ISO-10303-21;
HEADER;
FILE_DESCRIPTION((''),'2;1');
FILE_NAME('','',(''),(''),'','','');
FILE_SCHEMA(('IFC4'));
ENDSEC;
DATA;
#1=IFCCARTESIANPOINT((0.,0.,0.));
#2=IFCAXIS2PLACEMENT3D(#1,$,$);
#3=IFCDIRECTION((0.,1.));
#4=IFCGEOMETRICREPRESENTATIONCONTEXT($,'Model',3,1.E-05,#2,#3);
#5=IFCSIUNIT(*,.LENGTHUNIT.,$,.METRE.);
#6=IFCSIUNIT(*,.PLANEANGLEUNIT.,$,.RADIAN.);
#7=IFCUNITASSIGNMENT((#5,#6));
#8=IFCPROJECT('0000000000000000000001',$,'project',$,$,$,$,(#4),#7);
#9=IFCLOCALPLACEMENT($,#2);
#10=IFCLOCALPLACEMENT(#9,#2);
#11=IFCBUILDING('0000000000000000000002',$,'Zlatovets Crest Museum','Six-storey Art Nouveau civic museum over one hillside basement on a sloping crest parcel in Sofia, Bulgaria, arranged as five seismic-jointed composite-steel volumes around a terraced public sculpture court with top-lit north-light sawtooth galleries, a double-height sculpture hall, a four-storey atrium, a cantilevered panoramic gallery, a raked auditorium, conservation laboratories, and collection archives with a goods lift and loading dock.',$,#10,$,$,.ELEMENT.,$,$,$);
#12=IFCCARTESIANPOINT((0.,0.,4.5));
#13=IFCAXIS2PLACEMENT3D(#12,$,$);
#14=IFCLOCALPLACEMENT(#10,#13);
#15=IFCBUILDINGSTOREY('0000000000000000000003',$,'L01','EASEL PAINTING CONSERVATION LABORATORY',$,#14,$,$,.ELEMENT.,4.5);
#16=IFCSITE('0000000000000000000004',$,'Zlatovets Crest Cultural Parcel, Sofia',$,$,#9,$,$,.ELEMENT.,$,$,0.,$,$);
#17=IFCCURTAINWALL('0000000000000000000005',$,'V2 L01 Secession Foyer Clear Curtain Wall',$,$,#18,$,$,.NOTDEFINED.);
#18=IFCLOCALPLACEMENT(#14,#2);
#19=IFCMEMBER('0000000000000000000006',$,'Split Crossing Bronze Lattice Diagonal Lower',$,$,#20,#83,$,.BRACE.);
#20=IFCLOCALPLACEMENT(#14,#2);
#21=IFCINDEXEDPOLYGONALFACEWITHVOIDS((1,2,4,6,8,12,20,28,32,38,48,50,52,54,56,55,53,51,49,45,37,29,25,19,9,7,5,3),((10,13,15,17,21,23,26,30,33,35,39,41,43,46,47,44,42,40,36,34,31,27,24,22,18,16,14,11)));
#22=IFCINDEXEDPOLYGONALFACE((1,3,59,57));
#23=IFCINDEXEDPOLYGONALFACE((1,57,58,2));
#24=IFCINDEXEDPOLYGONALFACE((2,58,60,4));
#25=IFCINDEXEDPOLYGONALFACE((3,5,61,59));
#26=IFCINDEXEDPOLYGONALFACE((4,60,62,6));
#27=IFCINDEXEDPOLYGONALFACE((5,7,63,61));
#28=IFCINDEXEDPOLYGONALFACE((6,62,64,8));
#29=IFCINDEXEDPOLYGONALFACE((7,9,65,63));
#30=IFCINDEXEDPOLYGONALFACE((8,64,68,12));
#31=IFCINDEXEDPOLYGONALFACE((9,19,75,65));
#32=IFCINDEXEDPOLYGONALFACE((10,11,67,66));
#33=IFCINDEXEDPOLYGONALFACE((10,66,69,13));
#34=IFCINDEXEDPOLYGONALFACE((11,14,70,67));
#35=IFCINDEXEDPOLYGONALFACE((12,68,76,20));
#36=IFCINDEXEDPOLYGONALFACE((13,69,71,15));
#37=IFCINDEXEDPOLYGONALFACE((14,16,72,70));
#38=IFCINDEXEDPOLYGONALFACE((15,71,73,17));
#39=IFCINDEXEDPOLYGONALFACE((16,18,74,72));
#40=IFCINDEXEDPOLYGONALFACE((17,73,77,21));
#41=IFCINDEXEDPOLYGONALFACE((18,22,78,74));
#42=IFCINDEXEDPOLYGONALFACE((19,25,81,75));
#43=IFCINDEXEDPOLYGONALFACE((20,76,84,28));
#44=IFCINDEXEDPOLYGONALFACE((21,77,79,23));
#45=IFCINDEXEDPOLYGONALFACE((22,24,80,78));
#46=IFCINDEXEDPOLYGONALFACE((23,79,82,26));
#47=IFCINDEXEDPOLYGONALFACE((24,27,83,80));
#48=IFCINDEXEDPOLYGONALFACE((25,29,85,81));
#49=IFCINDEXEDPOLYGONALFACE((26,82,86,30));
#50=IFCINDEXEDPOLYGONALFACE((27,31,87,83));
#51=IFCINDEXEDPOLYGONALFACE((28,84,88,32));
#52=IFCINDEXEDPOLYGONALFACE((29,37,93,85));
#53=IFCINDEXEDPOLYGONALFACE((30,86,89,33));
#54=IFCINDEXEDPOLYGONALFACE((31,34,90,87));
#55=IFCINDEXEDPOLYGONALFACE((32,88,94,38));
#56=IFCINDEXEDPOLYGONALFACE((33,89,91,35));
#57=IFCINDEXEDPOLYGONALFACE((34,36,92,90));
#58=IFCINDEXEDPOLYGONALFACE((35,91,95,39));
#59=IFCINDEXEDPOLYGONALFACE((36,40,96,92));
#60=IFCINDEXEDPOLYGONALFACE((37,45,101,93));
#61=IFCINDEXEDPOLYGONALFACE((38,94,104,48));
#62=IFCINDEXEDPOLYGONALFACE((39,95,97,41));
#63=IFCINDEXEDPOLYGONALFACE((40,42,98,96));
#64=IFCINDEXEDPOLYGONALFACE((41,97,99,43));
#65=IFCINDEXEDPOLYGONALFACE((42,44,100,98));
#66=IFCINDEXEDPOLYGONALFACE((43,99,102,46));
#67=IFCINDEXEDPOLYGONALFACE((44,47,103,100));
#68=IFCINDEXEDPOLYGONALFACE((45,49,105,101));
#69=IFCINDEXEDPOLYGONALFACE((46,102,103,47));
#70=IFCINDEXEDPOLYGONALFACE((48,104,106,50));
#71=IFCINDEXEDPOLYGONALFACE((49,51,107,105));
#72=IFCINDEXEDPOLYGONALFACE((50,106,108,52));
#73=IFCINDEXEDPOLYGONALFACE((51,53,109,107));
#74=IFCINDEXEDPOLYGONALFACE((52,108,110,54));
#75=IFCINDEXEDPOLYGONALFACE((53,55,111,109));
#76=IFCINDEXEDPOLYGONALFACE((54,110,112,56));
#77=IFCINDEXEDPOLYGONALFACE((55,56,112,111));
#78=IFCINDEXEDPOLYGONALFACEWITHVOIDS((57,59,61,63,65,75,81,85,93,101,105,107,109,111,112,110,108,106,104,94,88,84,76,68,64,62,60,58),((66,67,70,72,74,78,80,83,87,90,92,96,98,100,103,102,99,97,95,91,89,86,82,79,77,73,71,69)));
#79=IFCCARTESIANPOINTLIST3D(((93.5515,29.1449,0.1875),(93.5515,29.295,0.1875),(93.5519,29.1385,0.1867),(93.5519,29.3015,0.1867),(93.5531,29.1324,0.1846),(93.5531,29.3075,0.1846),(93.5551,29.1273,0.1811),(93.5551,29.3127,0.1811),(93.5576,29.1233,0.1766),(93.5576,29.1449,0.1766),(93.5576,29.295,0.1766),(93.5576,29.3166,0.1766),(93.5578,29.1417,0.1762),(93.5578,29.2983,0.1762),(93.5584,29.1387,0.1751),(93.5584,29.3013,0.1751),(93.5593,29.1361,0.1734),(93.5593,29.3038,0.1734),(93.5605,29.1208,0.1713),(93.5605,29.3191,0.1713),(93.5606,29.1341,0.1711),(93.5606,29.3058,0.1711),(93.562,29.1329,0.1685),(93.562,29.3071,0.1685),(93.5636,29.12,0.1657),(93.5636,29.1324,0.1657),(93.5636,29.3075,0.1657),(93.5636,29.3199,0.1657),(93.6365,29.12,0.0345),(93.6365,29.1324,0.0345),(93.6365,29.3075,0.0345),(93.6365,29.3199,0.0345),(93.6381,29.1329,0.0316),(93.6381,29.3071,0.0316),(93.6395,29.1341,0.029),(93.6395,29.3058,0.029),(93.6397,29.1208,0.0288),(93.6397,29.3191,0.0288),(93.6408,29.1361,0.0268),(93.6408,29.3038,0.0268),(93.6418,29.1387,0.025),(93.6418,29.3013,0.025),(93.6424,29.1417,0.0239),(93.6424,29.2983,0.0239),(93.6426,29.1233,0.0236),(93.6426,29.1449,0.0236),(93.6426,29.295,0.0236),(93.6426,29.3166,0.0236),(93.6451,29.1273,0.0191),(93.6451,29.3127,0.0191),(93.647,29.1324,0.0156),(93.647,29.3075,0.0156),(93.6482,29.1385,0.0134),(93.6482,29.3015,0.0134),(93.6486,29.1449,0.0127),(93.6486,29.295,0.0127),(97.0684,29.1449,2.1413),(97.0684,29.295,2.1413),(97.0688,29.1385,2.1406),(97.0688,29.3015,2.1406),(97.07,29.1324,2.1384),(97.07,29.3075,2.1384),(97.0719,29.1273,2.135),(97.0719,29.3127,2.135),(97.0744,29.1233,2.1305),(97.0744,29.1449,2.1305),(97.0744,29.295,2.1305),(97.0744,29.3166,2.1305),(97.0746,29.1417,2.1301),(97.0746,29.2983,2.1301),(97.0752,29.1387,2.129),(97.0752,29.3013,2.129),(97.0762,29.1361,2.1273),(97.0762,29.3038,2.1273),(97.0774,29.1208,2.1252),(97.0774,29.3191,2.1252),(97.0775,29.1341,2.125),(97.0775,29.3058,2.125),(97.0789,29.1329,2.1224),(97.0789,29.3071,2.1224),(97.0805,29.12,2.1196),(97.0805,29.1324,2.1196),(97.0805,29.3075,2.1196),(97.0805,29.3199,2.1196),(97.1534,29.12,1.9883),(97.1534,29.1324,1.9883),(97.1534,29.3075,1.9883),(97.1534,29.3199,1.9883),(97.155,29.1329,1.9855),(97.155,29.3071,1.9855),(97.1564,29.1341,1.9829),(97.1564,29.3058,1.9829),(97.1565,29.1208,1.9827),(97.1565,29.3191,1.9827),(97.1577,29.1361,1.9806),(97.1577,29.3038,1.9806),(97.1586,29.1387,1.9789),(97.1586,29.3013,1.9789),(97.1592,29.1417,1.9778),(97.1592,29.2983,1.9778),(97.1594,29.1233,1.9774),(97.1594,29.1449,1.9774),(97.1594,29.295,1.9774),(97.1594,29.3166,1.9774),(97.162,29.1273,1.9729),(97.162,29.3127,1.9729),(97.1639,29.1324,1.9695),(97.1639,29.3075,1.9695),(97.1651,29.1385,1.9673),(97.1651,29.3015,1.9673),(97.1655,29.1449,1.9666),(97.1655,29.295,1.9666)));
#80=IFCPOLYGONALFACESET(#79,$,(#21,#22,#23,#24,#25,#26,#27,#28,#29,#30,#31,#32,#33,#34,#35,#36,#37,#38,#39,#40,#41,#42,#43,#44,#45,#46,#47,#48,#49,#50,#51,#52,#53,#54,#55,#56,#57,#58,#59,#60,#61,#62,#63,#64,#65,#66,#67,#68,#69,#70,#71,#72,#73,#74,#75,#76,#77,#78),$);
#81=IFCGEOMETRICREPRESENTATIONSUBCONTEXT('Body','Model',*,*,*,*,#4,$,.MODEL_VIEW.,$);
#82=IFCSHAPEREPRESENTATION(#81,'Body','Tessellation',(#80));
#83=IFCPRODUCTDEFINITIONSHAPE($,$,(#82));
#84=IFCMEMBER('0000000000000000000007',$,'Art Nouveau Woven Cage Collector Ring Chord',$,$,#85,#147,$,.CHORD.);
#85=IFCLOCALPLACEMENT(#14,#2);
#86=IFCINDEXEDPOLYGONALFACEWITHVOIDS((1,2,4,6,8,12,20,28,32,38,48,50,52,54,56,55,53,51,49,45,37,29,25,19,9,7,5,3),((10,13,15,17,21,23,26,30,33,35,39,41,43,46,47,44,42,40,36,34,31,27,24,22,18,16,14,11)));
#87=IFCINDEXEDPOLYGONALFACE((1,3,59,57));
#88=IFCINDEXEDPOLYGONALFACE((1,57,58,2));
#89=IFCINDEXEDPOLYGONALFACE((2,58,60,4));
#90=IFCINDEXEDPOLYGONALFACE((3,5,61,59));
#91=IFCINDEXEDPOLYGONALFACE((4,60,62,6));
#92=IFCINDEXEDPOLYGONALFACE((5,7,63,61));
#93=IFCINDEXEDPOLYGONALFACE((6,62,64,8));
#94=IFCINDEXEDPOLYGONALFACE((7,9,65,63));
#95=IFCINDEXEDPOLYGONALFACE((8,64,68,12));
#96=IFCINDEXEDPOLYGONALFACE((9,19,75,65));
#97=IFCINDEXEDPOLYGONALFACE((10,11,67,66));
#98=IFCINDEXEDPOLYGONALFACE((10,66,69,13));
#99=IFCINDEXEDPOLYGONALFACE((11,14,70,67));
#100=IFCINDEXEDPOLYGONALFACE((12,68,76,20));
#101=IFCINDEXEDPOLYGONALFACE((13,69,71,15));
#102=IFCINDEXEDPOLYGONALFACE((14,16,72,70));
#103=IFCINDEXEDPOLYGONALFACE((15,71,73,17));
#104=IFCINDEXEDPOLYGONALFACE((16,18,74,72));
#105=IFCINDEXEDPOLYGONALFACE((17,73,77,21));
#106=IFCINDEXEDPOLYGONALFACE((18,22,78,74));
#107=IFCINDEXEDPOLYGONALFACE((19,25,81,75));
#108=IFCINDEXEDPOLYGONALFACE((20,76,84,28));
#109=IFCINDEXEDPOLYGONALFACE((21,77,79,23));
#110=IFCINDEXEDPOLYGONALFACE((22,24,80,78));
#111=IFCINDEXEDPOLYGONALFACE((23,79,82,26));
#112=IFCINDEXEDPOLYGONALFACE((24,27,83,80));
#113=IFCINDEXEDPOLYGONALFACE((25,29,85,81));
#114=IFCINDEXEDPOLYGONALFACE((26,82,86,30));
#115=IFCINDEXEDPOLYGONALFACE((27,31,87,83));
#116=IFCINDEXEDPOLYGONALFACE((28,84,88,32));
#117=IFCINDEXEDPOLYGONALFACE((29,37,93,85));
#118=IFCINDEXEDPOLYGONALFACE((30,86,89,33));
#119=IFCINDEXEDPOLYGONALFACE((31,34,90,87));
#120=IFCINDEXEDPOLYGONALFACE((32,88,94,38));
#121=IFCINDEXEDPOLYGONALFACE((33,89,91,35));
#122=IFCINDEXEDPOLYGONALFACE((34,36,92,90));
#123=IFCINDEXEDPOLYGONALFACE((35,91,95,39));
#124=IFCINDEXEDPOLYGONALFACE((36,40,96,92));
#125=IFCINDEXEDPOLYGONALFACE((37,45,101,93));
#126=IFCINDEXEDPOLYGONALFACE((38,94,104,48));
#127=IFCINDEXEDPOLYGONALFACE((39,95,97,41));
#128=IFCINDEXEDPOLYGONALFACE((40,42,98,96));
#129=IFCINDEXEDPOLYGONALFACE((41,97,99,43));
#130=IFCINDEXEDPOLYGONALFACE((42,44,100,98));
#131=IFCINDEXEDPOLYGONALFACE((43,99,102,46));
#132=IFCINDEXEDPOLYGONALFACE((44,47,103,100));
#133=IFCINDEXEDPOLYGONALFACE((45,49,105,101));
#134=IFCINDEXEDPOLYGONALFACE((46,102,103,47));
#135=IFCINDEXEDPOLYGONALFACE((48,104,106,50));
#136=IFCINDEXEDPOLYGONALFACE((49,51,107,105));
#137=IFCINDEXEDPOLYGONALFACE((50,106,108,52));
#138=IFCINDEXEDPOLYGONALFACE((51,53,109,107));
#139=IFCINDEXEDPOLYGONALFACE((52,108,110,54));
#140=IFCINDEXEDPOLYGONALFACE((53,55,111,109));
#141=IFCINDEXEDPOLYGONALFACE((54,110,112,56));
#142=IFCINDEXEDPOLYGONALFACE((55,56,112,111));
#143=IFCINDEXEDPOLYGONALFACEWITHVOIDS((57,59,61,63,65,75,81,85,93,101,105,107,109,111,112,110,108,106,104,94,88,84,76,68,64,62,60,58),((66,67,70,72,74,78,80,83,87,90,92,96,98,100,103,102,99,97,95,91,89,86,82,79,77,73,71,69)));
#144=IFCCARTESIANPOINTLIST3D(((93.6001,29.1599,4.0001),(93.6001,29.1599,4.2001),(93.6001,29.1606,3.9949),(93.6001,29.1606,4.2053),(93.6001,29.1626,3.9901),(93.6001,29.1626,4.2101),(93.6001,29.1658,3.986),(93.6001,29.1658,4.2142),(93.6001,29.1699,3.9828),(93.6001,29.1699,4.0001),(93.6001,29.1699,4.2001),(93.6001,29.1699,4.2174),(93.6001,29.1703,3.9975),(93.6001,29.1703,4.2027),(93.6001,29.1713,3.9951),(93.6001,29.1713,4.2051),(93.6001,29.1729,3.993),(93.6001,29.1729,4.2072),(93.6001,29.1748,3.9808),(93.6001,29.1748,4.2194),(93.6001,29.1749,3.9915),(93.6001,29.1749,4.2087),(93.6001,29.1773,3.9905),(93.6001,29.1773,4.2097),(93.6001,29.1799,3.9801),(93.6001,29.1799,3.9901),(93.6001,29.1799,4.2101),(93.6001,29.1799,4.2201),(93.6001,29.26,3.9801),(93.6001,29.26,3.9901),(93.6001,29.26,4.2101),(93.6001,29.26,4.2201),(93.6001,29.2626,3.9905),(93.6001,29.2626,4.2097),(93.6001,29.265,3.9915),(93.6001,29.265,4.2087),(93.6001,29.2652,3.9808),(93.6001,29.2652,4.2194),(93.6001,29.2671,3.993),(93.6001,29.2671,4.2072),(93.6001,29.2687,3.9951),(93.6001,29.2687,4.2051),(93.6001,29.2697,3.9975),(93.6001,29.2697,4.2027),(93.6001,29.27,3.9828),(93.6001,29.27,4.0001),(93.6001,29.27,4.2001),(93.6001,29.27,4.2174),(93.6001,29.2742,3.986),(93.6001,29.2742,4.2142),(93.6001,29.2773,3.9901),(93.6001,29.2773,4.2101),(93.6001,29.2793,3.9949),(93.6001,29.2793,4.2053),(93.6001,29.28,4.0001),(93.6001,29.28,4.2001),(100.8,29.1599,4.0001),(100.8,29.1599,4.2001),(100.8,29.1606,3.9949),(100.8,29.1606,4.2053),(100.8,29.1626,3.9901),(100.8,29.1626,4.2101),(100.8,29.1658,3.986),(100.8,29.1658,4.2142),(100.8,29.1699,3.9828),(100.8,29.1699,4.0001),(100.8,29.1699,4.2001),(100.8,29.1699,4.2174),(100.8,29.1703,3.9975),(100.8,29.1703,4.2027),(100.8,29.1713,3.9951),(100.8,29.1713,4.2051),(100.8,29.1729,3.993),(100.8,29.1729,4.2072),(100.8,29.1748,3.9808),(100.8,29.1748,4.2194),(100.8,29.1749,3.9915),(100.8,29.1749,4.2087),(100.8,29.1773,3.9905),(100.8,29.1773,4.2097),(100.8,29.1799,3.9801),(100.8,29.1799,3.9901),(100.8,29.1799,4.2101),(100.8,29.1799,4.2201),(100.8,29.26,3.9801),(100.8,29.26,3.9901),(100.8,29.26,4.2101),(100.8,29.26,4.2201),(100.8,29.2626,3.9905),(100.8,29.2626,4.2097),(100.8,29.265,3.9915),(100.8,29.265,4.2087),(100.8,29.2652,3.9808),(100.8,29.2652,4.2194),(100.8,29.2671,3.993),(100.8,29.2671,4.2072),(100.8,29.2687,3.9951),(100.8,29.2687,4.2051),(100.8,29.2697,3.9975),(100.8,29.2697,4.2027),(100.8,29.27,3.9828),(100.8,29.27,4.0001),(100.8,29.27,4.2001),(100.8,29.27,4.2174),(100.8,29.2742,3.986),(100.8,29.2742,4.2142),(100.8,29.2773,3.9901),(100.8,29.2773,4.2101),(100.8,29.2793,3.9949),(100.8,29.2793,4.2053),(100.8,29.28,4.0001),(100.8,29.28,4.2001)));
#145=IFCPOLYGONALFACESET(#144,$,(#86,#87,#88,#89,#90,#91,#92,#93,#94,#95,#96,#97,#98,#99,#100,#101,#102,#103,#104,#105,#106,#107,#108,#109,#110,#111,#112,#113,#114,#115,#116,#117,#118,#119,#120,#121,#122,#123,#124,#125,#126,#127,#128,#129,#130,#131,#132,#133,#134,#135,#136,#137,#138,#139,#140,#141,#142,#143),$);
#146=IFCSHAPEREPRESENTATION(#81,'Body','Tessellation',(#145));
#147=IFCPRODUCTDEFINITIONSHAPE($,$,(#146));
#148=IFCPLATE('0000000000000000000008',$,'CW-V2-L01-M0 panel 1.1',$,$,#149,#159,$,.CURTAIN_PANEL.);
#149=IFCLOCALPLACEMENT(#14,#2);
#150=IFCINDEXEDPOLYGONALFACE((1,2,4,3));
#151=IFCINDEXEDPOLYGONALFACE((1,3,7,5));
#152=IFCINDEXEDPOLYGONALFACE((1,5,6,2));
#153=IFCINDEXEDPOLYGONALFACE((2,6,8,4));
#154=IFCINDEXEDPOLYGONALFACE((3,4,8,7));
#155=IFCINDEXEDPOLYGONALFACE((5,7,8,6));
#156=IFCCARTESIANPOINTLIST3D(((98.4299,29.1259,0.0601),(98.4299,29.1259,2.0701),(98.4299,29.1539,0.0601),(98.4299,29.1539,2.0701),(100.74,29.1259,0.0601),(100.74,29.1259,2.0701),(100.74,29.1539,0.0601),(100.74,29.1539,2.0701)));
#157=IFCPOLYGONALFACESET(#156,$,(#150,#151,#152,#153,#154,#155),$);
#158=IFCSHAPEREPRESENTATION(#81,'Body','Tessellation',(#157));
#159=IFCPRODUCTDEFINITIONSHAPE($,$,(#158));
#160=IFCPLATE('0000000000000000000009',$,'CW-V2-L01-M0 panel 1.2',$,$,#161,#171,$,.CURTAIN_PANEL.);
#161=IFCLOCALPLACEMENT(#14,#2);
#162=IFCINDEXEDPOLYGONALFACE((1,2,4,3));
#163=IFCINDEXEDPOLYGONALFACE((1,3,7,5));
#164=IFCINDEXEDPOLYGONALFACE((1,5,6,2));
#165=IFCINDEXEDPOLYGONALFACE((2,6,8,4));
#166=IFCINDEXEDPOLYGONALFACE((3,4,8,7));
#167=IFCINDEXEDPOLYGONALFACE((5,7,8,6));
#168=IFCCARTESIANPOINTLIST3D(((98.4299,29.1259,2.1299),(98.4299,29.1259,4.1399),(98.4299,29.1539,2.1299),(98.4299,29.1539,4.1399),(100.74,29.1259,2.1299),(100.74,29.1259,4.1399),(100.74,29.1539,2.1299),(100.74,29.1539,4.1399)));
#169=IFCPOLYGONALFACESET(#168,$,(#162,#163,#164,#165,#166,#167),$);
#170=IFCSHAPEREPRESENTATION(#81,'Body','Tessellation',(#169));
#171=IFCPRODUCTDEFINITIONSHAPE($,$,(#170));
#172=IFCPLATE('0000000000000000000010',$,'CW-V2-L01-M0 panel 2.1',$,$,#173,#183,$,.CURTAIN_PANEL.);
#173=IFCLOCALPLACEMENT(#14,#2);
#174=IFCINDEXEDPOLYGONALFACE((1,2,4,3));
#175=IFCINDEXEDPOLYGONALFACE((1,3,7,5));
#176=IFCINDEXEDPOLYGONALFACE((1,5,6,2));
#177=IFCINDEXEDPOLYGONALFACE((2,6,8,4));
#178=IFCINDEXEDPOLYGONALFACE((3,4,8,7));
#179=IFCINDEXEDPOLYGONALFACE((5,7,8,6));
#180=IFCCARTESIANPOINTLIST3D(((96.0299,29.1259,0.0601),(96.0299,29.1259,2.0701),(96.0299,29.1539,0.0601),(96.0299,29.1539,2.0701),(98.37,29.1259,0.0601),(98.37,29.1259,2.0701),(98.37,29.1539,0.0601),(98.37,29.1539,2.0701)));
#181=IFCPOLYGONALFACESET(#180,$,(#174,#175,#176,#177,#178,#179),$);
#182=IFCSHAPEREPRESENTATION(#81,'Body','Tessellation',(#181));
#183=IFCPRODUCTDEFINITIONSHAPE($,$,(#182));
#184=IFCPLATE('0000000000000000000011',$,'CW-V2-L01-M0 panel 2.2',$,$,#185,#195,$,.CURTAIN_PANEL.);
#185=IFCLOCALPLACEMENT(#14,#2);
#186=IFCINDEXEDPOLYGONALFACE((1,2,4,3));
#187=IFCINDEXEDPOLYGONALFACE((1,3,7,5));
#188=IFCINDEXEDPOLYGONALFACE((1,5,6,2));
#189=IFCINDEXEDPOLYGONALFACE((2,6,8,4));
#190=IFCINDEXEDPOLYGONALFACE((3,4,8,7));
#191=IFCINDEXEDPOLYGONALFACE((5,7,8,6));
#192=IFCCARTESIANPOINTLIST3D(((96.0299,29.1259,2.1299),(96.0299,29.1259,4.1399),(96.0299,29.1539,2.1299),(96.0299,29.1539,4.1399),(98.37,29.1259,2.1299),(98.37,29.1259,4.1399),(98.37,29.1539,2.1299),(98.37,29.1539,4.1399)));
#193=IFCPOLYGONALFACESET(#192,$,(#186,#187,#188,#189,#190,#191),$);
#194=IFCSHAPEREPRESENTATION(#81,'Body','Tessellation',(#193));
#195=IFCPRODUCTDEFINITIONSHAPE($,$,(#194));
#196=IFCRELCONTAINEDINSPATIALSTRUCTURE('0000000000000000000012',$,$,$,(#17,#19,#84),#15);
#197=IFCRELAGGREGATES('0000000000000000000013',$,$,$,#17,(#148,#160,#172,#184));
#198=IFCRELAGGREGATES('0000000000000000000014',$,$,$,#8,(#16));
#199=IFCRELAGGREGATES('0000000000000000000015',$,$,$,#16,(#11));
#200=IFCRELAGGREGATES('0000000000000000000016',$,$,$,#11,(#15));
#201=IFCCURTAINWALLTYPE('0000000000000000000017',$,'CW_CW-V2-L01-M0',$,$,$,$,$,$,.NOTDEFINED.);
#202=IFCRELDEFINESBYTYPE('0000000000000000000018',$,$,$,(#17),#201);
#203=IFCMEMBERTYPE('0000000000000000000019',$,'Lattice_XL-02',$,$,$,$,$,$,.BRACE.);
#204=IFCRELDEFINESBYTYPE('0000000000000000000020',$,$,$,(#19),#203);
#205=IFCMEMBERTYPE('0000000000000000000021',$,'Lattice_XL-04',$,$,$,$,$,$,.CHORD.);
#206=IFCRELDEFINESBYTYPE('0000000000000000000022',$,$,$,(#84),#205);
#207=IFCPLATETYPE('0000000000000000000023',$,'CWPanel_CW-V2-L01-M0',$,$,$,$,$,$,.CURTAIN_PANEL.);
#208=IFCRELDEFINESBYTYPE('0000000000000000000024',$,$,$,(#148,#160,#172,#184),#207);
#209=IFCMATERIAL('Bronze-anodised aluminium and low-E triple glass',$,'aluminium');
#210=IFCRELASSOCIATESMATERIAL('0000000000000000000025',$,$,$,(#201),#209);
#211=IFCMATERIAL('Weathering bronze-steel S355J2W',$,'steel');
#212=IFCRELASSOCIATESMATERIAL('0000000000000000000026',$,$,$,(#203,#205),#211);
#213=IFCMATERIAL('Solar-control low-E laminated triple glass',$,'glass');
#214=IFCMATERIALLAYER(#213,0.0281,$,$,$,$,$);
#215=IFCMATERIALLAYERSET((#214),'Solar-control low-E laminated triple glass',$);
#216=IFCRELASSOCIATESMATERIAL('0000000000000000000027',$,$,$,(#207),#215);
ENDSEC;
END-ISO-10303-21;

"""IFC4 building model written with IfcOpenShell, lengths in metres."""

from ifc_helpers import new_model, si_unit, direction, frame, origin, origin_2d, place, context, subcontext, project, spatial, rectangle, hollow_rectangle, extrude, material, layer, layer_set, material_profile, profile_set, type_object, element, aggregate, save


model = new_model("IFC4")

# Units and contexts
model_context = context("Model", 3, precision=1e-05, world=origin(), true_north=direction((0.0, 1.0)))
body_context = subcontext(model_context, "Body", "Model", "MODEL_VIEW")
ifc_project = project(units=[si_unit("LENGTHUNIT", "METRE"), si_unit("PLANEANGLEUNIT", "RADIAN")], contexts=[model_context])

# Site, building, storey
site_placement = place(None, origin())
site = spatial("IfcSite", under=ifc_project, at=site_placement, Name="Zlatovets Crest Cultural Parcel, Sofia", CompositionType="ELEMENT", RefElevation=0.0)
building_placement = place(site_placement, origin())
building = spatial("IfcBuilding", under=site, at=building_placement, Name="Zlatovets Crest Museum", Description="Six-storey Art Nouveau civic museum over one hillside basement on a sloping crest parcel in Sofia, Bulgaria, arranged as five seismic-jointed composite-steel volumes around a terraced public sculpture court with top-lit north-light sawtooth galleries, a double-height sculpture hall, a four-storey atrium, a cantilevered panoramic gallery, a raked auditorium, conservation laboratories, and collection archives with a goods lift and loading dock.", CompositionType="ELEMENT")
storey_placement = place(building_placement, frame((0.0, 0.0, 4.5)))
storey = spatial("IfcBuildingStorey", under=building, at=storey_placement, Name="L01", Description="EASEL PAINTING CONSERVATION LABORATORY", CompositionType="ELEMENT", Elevation=4.5)

# Curtain wall
ifc_material_1 = material(Name="Bronze-anodised aluminium and low-E triple glass", Category="aluminium")
curtain_wall_type_1 = type_object("IfcCurtainWallType", Name="CW_CW-V2-L01-M0", PredefinedType="NOTDEFINED", material=ifc_material_1)
curtain_wall_1_placement = place(storey_placement, origin())
curtain_wall_1 = element("IfcCurtainWall", 1, at=curtain_wall_1_placement, inside=storey, type_object=curtain_wall_type_1, Name="V2 L01 Secession Foyer Clear Curtain Wall", PredefinedType="NOTDEFINED")

# Members
ifc_material_2 = material(Name="Weathering bronze-steel S355J2W", Category="steel")
ifc_material_profile_1 = material_profile(ifc_material_2, hollow_rectangle(XDim=0.2, YDim=0.2, WallThickness=0.0125, InnerFilletRadius=0.0125, OuterFilletRadius=0.0249, at=origin_2d()), Name="SHS 200x200x12.5")
ifc_profile_set_1 = profile_set([ifc_material_profile_1], Name="Weathering bronze-steel S355J2W")
member_type_1 = type_object("IfcMemberType", Name="Lattice_XL-02", PredefinedType="BRACE", material=ifc_profile_set_1)
member_1_placement = place(storey_placement, frame((97.1169, 29.22, 2.054), z_axis=(-0.874152, 0.0, -0.485653), x_axis=(0.0, -1.0, 0.0)))
element("IfcMember", 2, at=member_1_placement, inside=storey, type_object=member_type_1, Name="Split Crossing Bronze Lattice Diagonal Lower", PredefinedType="BRACE", context=body_context, shape_type="SweptSolid", body=[
    extrude(hollow_rectangle(XDim=0.2, YDim=0.2, WallThickness=0.0125, InnerFilletRadius=0.0125, OuterFilletRadius=0.0249, at=origin_2d()), origin(), (0.0, 0.0, 1.0), 4.0232),
])
ifc_material_profile_2 = material_profile(ifc_material_2, hollow_rectangle(XDim=0.1201, YDim=0.24, WallThickness=0.01, InnerFilletRadius=0.01, OuterFilletRadius=0.02, at=origin_2d()), Name="RHS 120x240x10.0")
ifc_profile_set_2 = profile_set([ifc_material_profile_2], Name="Weathering bronze-steel S355J2W")
member_type_2 = type_object("IfcMemberType", Name="Lattice_XL-04", PredefinedType="CHORD", material=ifc_profile_set_2)
member_2_placement = place(storey_placement, frame((100.8, 29.22, 4.1001), z_axis=(-1.0, 0.0, 0.0), x_axis=(0.0, -1.0, 0.0)))
element("IfcMember", 3, at=member_2_placement, inside=storey, type_object=member_type_2, Name="Art Nouveau Woven Cage Collector Ring Chord", PredefinedType="CHORD", context=body_context, shape_type="SweptSolid", body=[
    extrude(hollow_rectangle(XDim=0.1201, YDim=0.24, WallThickness=0.01, InnerFilletRadius=0.01, OuterFilletRadius=0.02, at=origin_2d()), origin(), (0.0, 0.0, 1.0), 7.2),
])

# Plates
ifc_material_3 = material(Name="Solar-control low-E laminated triple glass", Category="glass")
ifc_layer_1 = layer(ifc_material_3, 0.0281)
ifc_layer_set_1 = layer_set([ifc_layer_1], Name="Solar-control low-E laminated triple glass")
plate_type_1 = type_object("IfcPlateType", Name="CWPanel_CW-V2-L01-M0", PredefinedType="CURTAIN_PANEL", material=ifc_layer_set_1)
plate_1_placement = place(storey_placement, frame((99.585, 29.1399, 0.0601), z_axis=(0.0, 0.0, 1.0), x_axis=(-1.0, 0.0, 0.0)))
plate_1 = element("IfcPlate", 4, at=plate_1_placement, type_object=plate_type_1, Name="CW-V2-L01-M0 panel 1.1", PredefinedType="CURTAIN_PANEL", context=body_context, shape_type="SweptSolid", body=[
    extrude(rectangle(XDim=2.3101, YDim=0.0281, at=origin_2d()), origin(), (0.0, 0.0, 1.0), 2.01),
])
plate_2_placement = place(storey_placement, frame((99.585, 29.1399, 2.1299), z_axis=(0.0, 0.0, 1.0), x_axis=(-1.0, 0.0, 0.0)))
plate_2 = element("IfcPlate", 5, at=plate_2_placement, type_object=plate_type_1, Name="CW-V2-L01-M0 panel 1.2", PredefinedType="CURTAIN_PANEL", context=body_context, shape_type="SweptSolid", body=[
    extrude(rectangle(XDim=2.3101, YDim=0.0281, at=origin_2d()), origin(), (0.0, 0.0, 1.0), 2.01),
])
plate_3_placement = place(storey_placement, frame((97.2, 29.1399, 0.0601), z_axis=(0.0, 0.0, 1.0), x_axis=(-1.0, 0.0, 0.0)))
plate_3 = element("IfcPlate", 6, at=plate_3_placement, type_object=plate_type_1, Name="CW-V2-L01-M0 panel 2.1", PredefinedType="CURTAIN_PANEL", context=body_context, shape_type="SweptSolid", body=[
    extrude(rectangle(XDim=2.3401, YDim=0.0281, at=origin_2d()), origin(), (0.0, 0.0, 1.0), 2.01),
])
plate_4_placement = place(storey_placement, frame((97.2, 29.1399, 2.1299), z_axis=(0.0, 0.0, 1.0), x_axis=(-1.0, 0.0, 0.0)))
plate_4 = element("IfcPlate", 7, at=plate_4_placement, type_object=plate_type_1, Name="CW-V2-L01-M0 panel 2.2", PredefinedType="CURTAIN_PANEL", context=body_context, shape_type="SweptSolid", body=[
    extrude(rectangle(XDim=2.3401, YDim=0.0281, at=origin_2d()), origin(), (0.0, 0.0, 1.0), 2.01),
])
aggregate(curtain_wall_1, [plate_1, plate_2, plate_3, plate_4])

save(model, "model.ifc")
